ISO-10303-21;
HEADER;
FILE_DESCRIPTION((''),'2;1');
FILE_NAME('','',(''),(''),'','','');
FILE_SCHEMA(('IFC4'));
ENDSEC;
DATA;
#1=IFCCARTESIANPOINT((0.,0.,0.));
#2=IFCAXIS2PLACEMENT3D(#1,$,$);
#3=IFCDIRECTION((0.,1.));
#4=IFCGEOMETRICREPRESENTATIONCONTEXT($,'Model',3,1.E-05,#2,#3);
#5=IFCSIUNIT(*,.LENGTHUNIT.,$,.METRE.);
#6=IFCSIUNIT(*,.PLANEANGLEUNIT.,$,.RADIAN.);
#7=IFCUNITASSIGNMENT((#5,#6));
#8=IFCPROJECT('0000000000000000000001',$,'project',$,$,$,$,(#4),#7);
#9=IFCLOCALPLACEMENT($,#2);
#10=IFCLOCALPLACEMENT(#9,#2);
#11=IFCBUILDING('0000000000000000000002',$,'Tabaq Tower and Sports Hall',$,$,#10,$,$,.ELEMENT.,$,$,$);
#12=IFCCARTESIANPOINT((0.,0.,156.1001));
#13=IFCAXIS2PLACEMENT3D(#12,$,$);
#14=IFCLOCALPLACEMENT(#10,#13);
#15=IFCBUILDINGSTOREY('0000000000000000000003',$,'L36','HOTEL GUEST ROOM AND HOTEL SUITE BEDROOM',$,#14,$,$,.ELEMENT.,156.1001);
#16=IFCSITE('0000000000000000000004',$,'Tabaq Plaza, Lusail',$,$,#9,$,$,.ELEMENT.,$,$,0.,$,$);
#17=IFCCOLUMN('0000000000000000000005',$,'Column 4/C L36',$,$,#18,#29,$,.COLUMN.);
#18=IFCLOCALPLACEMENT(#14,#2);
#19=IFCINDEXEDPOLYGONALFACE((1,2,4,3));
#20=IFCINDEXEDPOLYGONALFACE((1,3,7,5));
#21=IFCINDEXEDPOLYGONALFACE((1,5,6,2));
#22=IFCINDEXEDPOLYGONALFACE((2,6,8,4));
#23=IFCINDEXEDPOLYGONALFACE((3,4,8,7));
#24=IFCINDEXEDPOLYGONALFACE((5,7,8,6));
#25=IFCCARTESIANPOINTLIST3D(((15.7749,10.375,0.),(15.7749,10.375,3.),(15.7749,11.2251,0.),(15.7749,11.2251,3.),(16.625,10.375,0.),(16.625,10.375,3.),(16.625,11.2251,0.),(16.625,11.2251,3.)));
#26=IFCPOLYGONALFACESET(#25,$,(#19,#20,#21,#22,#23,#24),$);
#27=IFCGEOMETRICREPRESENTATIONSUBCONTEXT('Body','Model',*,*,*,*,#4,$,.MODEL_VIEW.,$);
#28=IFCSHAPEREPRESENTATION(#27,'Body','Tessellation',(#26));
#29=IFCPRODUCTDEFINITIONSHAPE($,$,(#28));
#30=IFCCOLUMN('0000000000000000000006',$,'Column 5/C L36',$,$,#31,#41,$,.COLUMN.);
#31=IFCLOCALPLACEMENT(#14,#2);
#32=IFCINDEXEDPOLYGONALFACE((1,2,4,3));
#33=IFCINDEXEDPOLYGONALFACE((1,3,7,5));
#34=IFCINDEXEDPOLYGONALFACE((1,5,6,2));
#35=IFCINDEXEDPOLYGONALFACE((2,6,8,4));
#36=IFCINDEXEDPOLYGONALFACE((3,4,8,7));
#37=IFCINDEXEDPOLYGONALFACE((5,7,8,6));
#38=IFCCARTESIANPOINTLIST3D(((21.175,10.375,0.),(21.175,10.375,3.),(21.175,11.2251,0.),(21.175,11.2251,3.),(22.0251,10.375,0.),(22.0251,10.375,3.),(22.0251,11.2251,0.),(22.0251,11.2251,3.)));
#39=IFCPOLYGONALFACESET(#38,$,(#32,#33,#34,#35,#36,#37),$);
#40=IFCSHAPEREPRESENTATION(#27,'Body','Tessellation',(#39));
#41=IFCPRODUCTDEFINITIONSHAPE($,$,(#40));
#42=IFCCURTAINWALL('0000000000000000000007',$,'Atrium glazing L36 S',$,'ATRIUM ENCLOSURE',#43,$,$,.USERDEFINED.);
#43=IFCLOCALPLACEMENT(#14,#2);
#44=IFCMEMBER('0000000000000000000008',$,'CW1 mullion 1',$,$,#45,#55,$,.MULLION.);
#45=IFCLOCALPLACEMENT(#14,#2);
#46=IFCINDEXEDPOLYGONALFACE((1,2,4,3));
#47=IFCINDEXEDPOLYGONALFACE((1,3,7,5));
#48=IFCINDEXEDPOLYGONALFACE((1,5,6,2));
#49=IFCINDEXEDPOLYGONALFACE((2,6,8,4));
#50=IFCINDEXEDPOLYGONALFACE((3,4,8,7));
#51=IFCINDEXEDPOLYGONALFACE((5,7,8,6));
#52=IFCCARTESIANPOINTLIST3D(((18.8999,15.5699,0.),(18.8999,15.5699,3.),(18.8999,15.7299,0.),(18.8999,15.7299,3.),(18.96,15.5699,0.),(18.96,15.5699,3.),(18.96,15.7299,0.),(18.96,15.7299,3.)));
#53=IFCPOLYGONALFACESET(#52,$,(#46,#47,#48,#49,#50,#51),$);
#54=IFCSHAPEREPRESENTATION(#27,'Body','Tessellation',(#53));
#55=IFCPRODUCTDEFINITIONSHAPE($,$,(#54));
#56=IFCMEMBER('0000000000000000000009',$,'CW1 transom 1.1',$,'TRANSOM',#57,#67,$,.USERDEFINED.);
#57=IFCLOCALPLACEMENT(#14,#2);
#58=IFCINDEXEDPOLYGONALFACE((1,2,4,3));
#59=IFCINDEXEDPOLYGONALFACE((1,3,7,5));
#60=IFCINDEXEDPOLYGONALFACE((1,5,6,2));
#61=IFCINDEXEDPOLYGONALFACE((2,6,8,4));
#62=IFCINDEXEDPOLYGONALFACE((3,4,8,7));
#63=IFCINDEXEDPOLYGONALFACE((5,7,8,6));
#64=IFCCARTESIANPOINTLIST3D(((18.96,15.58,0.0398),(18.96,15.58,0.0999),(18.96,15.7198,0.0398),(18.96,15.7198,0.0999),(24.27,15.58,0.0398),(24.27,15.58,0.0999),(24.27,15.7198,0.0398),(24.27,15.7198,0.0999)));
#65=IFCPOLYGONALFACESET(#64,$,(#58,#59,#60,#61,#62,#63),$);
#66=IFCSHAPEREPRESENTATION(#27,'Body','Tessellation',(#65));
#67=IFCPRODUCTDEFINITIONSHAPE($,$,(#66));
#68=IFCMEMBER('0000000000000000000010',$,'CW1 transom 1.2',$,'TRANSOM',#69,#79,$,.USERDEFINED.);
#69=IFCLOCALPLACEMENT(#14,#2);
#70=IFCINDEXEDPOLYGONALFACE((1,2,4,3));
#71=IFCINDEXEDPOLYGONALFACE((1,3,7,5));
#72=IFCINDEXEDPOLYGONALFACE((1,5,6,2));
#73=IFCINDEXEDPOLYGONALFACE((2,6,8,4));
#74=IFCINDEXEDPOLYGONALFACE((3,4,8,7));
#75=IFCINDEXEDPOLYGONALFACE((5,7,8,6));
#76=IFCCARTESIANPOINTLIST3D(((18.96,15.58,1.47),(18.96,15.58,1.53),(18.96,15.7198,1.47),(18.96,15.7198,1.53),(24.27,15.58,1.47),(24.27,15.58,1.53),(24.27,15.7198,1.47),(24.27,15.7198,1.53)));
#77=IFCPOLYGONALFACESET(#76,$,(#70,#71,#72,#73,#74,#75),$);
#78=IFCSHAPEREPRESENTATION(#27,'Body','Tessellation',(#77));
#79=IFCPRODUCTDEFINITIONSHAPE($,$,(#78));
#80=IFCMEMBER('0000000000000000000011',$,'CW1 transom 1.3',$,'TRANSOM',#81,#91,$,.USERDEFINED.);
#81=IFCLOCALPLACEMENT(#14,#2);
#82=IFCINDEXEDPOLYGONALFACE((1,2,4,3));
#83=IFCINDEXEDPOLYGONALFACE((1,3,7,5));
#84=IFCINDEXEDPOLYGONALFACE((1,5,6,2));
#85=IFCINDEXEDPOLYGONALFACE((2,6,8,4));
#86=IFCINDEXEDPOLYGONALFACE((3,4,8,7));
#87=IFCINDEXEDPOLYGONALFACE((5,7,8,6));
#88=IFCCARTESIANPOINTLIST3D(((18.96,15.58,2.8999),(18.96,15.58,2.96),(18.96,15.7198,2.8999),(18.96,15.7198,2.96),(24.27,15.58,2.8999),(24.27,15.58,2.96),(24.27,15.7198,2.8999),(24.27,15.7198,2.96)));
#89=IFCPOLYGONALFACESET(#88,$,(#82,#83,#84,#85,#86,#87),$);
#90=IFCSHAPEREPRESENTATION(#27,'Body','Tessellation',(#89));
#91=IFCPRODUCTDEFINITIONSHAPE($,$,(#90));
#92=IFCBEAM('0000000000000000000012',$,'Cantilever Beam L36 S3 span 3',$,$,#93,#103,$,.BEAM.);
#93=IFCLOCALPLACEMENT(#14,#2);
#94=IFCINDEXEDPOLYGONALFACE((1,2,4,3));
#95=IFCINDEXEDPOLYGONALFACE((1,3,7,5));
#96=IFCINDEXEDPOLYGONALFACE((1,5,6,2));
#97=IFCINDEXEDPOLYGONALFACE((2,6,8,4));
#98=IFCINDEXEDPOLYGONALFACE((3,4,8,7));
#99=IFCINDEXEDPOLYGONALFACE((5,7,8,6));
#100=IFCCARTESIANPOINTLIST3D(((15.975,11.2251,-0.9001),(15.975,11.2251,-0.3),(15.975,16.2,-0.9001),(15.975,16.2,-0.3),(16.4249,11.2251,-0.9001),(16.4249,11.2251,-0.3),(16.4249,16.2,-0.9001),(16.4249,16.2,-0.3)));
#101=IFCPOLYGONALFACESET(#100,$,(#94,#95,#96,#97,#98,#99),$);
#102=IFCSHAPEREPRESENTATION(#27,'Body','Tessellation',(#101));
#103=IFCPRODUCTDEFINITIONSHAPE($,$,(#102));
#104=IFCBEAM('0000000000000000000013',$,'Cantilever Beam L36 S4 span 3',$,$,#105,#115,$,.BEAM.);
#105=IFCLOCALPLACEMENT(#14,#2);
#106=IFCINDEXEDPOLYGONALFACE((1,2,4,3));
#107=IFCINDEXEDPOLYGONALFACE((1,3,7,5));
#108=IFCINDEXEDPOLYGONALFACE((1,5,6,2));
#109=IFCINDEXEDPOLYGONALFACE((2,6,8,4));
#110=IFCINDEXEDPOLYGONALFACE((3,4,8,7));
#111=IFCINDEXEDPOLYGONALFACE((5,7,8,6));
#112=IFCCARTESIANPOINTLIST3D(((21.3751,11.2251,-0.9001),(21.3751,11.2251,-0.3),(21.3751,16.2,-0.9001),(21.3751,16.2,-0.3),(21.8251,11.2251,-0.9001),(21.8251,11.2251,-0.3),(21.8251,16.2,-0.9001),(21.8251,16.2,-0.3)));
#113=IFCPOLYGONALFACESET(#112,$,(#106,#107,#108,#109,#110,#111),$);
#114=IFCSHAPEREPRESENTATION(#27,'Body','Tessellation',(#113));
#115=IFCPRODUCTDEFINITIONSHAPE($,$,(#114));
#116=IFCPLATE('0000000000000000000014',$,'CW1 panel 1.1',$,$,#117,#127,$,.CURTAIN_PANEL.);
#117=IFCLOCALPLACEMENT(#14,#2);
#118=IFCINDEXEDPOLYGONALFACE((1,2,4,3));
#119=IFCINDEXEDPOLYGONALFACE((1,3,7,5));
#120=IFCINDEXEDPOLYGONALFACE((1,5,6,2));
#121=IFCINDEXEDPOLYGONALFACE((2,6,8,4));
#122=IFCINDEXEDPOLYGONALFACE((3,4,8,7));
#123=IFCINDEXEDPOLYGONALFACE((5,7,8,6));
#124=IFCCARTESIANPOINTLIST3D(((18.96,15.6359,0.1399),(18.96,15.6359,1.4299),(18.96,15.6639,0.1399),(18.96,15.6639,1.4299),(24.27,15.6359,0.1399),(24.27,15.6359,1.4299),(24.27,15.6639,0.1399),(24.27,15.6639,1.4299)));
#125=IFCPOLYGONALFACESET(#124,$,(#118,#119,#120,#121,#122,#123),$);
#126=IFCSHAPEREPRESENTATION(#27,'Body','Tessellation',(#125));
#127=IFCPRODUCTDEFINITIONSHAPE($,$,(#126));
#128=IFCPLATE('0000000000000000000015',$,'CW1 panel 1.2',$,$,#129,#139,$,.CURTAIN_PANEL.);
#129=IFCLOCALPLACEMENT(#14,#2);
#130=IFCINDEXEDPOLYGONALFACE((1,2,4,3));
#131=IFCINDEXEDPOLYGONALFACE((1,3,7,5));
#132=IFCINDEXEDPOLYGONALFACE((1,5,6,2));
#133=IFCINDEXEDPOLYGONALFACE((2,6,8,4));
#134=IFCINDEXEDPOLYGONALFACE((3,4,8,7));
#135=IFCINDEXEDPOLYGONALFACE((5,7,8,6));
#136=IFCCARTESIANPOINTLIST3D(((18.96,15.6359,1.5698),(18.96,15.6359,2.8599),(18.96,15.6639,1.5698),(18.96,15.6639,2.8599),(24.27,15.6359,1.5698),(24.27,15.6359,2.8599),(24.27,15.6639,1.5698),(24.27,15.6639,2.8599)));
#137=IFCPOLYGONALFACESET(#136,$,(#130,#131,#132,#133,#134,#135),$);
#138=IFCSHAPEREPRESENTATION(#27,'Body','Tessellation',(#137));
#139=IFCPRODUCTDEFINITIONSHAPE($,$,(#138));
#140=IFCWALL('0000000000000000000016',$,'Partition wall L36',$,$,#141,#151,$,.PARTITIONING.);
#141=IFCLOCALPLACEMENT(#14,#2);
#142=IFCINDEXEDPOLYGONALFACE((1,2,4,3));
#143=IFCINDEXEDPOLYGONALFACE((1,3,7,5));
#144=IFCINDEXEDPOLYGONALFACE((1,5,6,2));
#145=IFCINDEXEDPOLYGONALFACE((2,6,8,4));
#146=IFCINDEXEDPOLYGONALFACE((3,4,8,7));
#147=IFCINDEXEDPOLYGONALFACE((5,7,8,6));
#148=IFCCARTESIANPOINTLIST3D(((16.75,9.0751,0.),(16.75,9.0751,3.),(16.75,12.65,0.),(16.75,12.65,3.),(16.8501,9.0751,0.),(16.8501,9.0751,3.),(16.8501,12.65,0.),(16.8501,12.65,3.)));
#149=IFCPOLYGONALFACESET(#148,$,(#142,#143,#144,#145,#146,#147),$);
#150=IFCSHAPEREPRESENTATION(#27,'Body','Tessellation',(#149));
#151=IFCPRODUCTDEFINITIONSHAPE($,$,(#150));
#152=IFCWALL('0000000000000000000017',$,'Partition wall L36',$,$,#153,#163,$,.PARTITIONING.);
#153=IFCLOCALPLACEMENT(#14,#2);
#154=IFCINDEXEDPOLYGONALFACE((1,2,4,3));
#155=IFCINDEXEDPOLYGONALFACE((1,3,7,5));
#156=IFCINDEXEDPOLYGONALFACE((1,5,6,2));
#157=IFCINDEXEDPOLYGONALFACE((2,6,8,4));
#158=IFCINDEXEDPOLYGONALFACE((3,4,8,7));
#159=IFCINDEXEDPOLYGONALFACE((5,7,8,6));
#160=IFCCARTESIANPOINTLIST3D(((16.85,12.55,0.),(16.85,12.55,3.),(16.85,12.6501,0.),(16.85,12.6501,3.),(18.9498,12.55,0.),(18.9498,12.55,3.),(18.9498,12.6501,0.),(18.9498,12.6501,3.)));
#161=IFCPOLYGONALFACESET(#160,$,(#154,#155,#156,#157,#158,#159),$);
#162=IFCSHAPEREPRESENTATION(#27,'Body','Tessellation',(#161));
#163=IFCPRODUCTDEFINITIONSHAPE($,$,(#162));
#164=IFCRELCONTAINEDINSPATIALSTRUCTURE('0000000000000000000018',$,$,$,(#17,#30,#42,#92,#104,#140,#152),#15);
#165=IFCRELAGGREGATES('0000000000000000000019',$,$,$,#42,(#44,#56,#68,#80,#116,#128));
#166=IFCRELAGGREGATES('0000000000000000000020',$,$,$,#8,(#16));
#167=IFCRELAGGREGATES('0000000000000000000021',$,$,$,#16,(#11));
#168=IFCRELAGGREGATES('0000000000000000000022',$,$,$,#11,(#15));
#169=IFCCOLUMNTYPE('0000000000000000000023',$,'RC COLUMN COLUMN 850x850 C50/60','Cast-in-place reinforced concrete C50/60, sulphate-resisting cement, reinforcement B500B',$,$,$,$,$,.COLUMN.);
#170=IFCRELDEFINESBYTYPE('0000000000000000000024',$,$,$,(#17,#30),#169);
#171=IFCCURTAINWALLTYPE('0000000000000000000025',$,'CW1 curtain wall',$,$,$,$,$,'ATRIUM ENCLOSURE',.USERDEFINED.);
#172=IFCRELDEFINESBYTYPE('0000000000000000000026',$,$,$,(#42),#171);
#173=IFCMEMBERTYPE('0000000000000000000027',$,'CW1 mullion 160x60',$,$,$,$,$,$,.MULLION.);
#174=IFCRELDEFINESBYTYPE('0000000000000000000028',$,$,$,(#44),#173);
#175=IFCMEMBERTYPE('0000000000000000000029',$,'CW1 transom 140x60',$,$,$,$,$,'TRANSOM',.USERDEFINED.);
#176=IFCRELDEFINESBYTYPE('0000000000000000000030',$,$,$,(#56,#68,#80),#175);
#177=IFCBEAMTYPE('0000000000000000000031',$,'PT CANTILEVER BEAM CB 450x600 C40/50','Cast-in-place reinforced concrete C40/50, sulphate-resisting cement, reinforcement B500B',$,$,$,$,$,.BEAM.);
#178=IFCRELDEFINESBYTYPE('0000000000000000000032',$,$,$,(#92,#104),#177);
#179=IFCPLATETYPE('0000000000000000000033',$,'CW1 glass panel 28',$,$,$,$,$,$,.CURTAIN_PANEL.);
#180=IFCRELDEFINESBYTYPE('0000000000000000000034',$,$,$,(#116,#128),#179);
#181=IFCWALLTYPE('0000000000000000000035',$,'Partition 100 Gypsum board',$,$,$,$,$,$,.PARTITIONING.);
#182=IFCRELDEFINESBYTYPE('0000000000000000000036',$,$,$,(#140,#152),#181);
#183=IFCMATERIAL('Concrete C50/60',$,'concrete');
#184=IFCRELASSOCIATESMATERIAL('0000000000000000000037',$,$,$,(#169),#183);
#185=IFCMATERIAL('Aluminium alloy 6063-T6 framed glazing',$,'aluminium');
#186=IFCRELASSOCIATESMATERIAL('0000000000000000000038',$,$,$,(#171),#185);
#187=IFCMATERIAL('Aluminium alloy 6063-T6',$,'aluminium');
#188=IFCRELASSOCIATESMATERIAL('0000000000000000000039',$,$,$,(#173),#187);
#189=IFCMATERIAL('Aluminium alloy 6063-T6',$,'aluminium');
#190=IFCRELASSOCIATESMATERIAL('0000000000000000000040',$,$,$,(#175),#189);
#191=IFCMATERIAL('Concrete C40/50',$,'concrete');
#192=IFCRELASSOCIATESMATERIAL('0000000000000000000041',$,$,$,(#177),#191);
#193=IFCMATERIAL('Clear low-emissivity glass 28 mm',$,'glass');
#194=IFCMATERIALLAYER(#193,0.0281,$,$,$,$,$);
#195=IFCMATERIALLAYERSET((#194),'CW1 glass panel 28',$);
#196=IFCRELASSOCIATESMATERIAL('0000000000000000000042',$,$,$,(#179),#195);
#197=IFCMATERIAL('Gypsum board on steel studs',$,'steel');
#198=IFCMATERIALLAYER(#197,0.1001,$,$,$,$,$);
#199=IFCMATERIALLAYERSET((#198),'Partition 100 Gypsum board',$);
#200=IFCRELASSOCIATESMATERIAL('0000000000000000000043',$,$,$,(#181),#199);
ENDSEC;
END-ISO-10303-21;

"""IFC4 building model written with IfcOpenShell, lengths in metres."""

from ifc_helpers import new_model, si_unit, direction, frame, frame_2d, origin, origin_2d, place, context, subcontext, project, spatial, rectangle, extrude, material, layer, layer_set, material_profile, profile_set, type_object, element, aggregate, save


model = new_model("IFC4")

# Units and contexts
model_context = context("Model", 3, precision=1e-05, world=origin(), true_north=direction((0.0, 1.0)))
body_context = subcontext(model_context, "Body", "Model", "MODEL_VIEW")
ifc_project = project(units=[si_unit("LENGTHUNIT", "METRE"), si_unit("PLANEANGLEUNIT", "RADIAN")], contexts=[model_context])

# Site, building, storey
site_placement = place(None, origin())
site = spatial("IfcSite", under=ifc_project, at=site_placement, Name="Tabaq Plaza, Lusail", CompositionType="ELEMENT", RefElevation=0.0)
building_placement = place(site_placement, origin())
building = spatial("IfcBuilding", under=site, at=building_placement, Name="Tabaq Tower and Sports Hall", CompositionType="ELEMENT")
storey_placement = place(building_placement, frame((0.0, 0.0, 156.1001)))
storey = spatial("IfcBuildingStorey", under=building, at=storey_placement, Name="L36", Description="HOTEL GUEST ROOM AND HOTEL SUITE BEDROOM", CompositionType="ELEMENT", Elevation=156.1001)

# Columns
ifc_material_1 = material(Name="Concrete C50/60", Category="concrete")
ifc_material_profile_1 = material_profile(ifc_material_1, rectangle(XDim=0.8501, YDim=0.8501, at=origin_2d()), Name="COLUMN 850x850")
ifc_profile_set_1 = profile_set([ifc_material_profile_1], Name="Concrete C50/60")
column_type = type_object("IfcColumnType", Name="RC COLUMN COLUMN 850x850 C50/60", Description="Cast-in-place reinforced concrete C50/60, sulphate-resisting cement, reinforcement B500B", PredefinedType="COLUMN", material=ifc_profile_set_1)
for number, where, z_axis, x_axis, name in (
    (1, (16.2, 10.8, 0.0), (0.0, 0.0, 1.0), (1.0, 0.0, 0.0), "Column 4/C L36"),
    (2, (21.6001, 10.8, 0.0), (0.0, 0.0, 1.0), (1.0, 0.0, 0.0), "Column 5/C L36"),
):
    element("IfcColumn", number, at=place(storey_placement, frame(where, z_axis=z_axis, x_axis=x_axis)), inside=storey, type_object=column_type, Name=name, PredefinedType="COLUMN", context=body_context, shape_type="SweptSolid", body=[
        extrude(rectangle(XDim=0.8501, YDim=0.8501, at=origin_2d()), origin(), (0.0, 0.0, 1.0), 3.0),
    ])

# Curtain wall, members
ifc_material_2 = material(Name="Aluminium alloy 6063-T6 framed glazing", Category="aluminium")
curtain_wall_type = type_object("IfcCurtainWallType", Name="CW1 curtain wall", ElementType="ATRIUM ENCLOSURE", PredefinedType="USERDEFINED", material=ifc_material_2)
curtain_wall_placement = place(storey_placement, origin())
curtain_wall = element("IfcCurtainWall", 3, at=curtain_wall_placement, inside=storey, type_object=curtain_wall_type, Name="Atrium glazing L36 S", ObjectType="ATRIUM ENCLOSURE", PredefinedType="USERDEFINED")
ifc_material_3 = material(Name="Aluminium alloy 6063-T6", Category="aluminium")
ifc_material_profile_2 = material_profile(ifc_material_3, rectangle(XDim=0.1599, YDim=0.0601, at=origin_2d()), Name="MULLION 160x60")
ifc_profile_set_2 = profile_set([ifc_material_profile_2], Name="Aluminium alloy 6063-T6")
member_type_1 = type_object("IfcMemberType", Name="CW1 mullion 160x60", PredefinedType="MULLION", material=ifc_profile_set_2)
member_1_placement = place(storey_placement, frame((18.9299, 15.6499, 0.0), z_axis=(0.0, 0.0, 1.0), x_axis=(0.0, 1.0, 0.0)))
member_1 = element("IfcMember", 4, at=member_1_placement, type_object=member_type_1, Name="CW1 mullion 1", PredefinedType="MULLION", context=body_context, shape_type="SweptSolid", body=[
    extrude(rectangle(XDim=0.1599, YDim=0.0601, at=origin_2d()), origin(), (0.0, 0.0, 1.0), 3.0),
])
ifc_material_4 = material(Name="Aluminium alloy 6063-T6", Category="aluminium")
ifc_material_profile_3 = material_profile(ifc_material_4, rectangle(XDim=0.1399, YDim=0.0601, at=origin_2d()), Name="TRANSOM 140x60")
ifc_profile_set_3 = profile_set([ifc_material_profile_3], Name="Aluminium alloy 6063-T6")
member_type_2 = type_object("IfcMemberType", Name="CW1 transom 140x60", ElementType="TRANSOM", PredefinedType="USERDEFINED", material=ifc_profile_set_3)
member_2_placement = place(storey_placement, frame((18.96, 15.6499, 0.0698), z_axis=(1.0, 0.0, 0.0), x_axis=(0.0, 1.0, 0.0)))
member_2 = element("IfcMember", 5, at=member_2_placement, type_object=member_type_2, Name="CW1 transom 1.1", ObjectType="TRANSOM", PredefinedType="USERDEFINED", context=body_context, shape_type="SweptSolid", body=[
    extrude(rectangle(XDim=0.1399, YDim=0.0601, at=origin_2d()), origin(), (0.0, 0.0, 1.0), 5.3101),
])
member_3_placement = place(storey_placement, frame((18.96, 15.6499, 1.5), z_axis=(1.0, 0.0, 0.0), x_axis=(0.0, 1.0, 0.0)))
member_3 = element("IfcMember", 6, at=member_3_placement, type_object=member_type_2, Name="CW1 transom 1.2", ObjectType="TRANSOM", PredefinedType="USERDEFINED", context=body_context, shape_type="SweptSolid", body=[
    extrude(rectangle(XDim=0.1399, YDim=0.0601, at=origin_2d()), origin(), (0.0, 0.0, 1.0), 5.3101),
])
member_4_placement = place(storey_placement, frame((18.96, 15.6499, 2.9299), z_axis=(1.0, 0.0, 0.0), x_axis=(0.0, 1.0, 0.0)))
member_4 = element("IfcMember", 7, at=member_4_placement, type_object=member_type_2, Name="CW1 transom 1.3", ObjectType="TRANSOM", PredefinedType="USERDEFINED", context=body_context, shape_type="SweptSolid", body=[
    extrude(rectangle(XDim=0.1399, YDim=0.0601, at=origin_2d()), origin(), (0.0, 0.0, 1.0), 5.3101),
])

# Beams
ifc_material_5 = material(Name="Concrete C40/50", Category="concrete")
ifc_material_profile_4 = material_profile(ifc_material_5, rectangle(XDim=0.45, YDim=0.6001, at=origin_2d()), Name="CB 450x600")
ifc_profile_set_4 = profile_set([ifc_material_profile_4], Name="Concrete C40/50")
beam_type = type_object("IfcBeamType", Name="PT CANTILEVER BEAM CB 450x600 C40/50", Description="Cast-in-place reinforced concrete C40/50, sulphate-resisting cement, reinforcement B500B", PredefinedType="BEAM", material=ifc_profile_set_4)
for number, where, z_axis, x_axis, name in (
    (8, (16.2, 11.2251, -0.6001), (0.0, 1.0, 0.0), (-1.0, 0.0, 0.0), "Cantilever Beam L36 S3 span 3"),
    (9, (21.6001, 11.2251, -0.6001), (0.0, 1.0, 0.0), (-1.0, 0.0, 0.0), "Cantilever Beam L36 S4 span 3"),
):
    element("IfcBeam", number, at=place(storey_placement, frame(where, z_axis=z_axis, x_axis=x_axis)), inside=storey, type_object=beam_type, Name=name, PredefinedType="BEAM", context=body_context, shape_type="SweptSolid", body=[
        extrude(rectangle(XDim=0.45, YDim=0.6001, at=origin_2d()), origin(), (0.0, 0.0, 1.0), 4.9749),
    ])

# Plates
ifc_material_6 = material(Name="Clear low-emissivity glass 28 mm", Category="glass")
ifc_layer_1 = layer(ifc_material_6, 0.0281)
ifc_layer_set_1 = layer_set([ifc_layer_1], Name="CW1 glass panel 28")
plate_type = type_object("IfcPlateType", Name="CW1 glass panel 28", PredefinedType="CURTAIN_PANEL", material=ifc_layer_set_1)
plate_1_placement = place(storey_placement, frame((21.615, 15.6499, 0.1399), z_axis=(0.0, 0.0, 1.0), x_axis=(1.0, 0.0, 0.0)))
plate_1 = element("IfcPlate", 10, at=plate_1_placement, type_object=plate_type, Name="CW1 panel 1.1", PredefinedType="CURTAIN_PANEL", context=body_context, shape_type="SweptSolid", body=[
    extrude(rectangle(XDim=5.3101, YDim=0.0281, at=origin_2d()), origin(), (0.0, 0.0, 1.0), 1.29),
])
plate_2_placement = place(storey_placement, frame((21.615, 15.6499, 1.5698), z_axis=(0.0, 0.0, 1.0), x_axis=(1.0, 0.0, 0.0)))
plate_2 = element("IfcPlate", 11, at=plate_2_placement, type_object=plate_type, Name="CW1 panel 1.2", PredefinedType="CURTAIN_PANEL", context=body_context, shape_type="SweptSolid", body=[
    extrude(rectangle(XDim=5.3101, YDim=0.0281, at=origin_2d()), origin(), (0.0, 0.0, 1.0), 1.29),
])
aggregate(curtain_wall, [member_1, member_2, member_3, member_4, plate_1, plate_2])

# Walls
ifc_material_7 = material(Name="Gypsum board on steel studs", Category="steel")
ifc_layer_2 = layer(ifc_material_7, 0.1001)
ifc_layer_set_2 = layer_set([ifc_layer_2], Name="Partition 100 Gypsum board")
wall_type_1 = type_object("IfcWallType", Name="Partition 100 Gypsum board", PredefinedType="PARTITIONING", material=ifc_layer_set_2)
wall_1_placement = place(storey_placement, frame((16.8, 9.075, 0.0), z_axis=(0.0, 0.0, 1.0), x_axis=(0.0, 1.0, 0.0)))
element("IfcWall", 12, at=wall_1_placement, inside=storey, type_object=wall_type_1, Name="Partition wall L36", PredefinedType="PARTITIONING", context=body_context, shape_type="SweptSolid", body=[
    extrude(rectangle(XDim=3.575, YDim=0.1001, at=frame_2d((1.7876, 0.0))), origin(), (0.0, 0.0, 1.0), 3.0),
])
wall_2_placement = place(storey_placement, frame((16.8501, 12.6001, 0.0), z_axis=(0.0, 0.0, 1.0), x_axis=(1.0, 0.0, 0.0)))
element("IfcWall", 13, at=wall_2_placement, inside=storey, type_object=wall_type_1, Name="Partition wall L36", PredefinedType="PARTITIONING", context=body_context, shape_type="SweptSolid", body=[
    extrude(rectangle(XDim=2.0999, YDim=0.1001, at=frame_2d((1.0498, 0.0))), origin(), (0.0, 0.0, 1.0), 3.0),
])

save(model, "model.ifc")
